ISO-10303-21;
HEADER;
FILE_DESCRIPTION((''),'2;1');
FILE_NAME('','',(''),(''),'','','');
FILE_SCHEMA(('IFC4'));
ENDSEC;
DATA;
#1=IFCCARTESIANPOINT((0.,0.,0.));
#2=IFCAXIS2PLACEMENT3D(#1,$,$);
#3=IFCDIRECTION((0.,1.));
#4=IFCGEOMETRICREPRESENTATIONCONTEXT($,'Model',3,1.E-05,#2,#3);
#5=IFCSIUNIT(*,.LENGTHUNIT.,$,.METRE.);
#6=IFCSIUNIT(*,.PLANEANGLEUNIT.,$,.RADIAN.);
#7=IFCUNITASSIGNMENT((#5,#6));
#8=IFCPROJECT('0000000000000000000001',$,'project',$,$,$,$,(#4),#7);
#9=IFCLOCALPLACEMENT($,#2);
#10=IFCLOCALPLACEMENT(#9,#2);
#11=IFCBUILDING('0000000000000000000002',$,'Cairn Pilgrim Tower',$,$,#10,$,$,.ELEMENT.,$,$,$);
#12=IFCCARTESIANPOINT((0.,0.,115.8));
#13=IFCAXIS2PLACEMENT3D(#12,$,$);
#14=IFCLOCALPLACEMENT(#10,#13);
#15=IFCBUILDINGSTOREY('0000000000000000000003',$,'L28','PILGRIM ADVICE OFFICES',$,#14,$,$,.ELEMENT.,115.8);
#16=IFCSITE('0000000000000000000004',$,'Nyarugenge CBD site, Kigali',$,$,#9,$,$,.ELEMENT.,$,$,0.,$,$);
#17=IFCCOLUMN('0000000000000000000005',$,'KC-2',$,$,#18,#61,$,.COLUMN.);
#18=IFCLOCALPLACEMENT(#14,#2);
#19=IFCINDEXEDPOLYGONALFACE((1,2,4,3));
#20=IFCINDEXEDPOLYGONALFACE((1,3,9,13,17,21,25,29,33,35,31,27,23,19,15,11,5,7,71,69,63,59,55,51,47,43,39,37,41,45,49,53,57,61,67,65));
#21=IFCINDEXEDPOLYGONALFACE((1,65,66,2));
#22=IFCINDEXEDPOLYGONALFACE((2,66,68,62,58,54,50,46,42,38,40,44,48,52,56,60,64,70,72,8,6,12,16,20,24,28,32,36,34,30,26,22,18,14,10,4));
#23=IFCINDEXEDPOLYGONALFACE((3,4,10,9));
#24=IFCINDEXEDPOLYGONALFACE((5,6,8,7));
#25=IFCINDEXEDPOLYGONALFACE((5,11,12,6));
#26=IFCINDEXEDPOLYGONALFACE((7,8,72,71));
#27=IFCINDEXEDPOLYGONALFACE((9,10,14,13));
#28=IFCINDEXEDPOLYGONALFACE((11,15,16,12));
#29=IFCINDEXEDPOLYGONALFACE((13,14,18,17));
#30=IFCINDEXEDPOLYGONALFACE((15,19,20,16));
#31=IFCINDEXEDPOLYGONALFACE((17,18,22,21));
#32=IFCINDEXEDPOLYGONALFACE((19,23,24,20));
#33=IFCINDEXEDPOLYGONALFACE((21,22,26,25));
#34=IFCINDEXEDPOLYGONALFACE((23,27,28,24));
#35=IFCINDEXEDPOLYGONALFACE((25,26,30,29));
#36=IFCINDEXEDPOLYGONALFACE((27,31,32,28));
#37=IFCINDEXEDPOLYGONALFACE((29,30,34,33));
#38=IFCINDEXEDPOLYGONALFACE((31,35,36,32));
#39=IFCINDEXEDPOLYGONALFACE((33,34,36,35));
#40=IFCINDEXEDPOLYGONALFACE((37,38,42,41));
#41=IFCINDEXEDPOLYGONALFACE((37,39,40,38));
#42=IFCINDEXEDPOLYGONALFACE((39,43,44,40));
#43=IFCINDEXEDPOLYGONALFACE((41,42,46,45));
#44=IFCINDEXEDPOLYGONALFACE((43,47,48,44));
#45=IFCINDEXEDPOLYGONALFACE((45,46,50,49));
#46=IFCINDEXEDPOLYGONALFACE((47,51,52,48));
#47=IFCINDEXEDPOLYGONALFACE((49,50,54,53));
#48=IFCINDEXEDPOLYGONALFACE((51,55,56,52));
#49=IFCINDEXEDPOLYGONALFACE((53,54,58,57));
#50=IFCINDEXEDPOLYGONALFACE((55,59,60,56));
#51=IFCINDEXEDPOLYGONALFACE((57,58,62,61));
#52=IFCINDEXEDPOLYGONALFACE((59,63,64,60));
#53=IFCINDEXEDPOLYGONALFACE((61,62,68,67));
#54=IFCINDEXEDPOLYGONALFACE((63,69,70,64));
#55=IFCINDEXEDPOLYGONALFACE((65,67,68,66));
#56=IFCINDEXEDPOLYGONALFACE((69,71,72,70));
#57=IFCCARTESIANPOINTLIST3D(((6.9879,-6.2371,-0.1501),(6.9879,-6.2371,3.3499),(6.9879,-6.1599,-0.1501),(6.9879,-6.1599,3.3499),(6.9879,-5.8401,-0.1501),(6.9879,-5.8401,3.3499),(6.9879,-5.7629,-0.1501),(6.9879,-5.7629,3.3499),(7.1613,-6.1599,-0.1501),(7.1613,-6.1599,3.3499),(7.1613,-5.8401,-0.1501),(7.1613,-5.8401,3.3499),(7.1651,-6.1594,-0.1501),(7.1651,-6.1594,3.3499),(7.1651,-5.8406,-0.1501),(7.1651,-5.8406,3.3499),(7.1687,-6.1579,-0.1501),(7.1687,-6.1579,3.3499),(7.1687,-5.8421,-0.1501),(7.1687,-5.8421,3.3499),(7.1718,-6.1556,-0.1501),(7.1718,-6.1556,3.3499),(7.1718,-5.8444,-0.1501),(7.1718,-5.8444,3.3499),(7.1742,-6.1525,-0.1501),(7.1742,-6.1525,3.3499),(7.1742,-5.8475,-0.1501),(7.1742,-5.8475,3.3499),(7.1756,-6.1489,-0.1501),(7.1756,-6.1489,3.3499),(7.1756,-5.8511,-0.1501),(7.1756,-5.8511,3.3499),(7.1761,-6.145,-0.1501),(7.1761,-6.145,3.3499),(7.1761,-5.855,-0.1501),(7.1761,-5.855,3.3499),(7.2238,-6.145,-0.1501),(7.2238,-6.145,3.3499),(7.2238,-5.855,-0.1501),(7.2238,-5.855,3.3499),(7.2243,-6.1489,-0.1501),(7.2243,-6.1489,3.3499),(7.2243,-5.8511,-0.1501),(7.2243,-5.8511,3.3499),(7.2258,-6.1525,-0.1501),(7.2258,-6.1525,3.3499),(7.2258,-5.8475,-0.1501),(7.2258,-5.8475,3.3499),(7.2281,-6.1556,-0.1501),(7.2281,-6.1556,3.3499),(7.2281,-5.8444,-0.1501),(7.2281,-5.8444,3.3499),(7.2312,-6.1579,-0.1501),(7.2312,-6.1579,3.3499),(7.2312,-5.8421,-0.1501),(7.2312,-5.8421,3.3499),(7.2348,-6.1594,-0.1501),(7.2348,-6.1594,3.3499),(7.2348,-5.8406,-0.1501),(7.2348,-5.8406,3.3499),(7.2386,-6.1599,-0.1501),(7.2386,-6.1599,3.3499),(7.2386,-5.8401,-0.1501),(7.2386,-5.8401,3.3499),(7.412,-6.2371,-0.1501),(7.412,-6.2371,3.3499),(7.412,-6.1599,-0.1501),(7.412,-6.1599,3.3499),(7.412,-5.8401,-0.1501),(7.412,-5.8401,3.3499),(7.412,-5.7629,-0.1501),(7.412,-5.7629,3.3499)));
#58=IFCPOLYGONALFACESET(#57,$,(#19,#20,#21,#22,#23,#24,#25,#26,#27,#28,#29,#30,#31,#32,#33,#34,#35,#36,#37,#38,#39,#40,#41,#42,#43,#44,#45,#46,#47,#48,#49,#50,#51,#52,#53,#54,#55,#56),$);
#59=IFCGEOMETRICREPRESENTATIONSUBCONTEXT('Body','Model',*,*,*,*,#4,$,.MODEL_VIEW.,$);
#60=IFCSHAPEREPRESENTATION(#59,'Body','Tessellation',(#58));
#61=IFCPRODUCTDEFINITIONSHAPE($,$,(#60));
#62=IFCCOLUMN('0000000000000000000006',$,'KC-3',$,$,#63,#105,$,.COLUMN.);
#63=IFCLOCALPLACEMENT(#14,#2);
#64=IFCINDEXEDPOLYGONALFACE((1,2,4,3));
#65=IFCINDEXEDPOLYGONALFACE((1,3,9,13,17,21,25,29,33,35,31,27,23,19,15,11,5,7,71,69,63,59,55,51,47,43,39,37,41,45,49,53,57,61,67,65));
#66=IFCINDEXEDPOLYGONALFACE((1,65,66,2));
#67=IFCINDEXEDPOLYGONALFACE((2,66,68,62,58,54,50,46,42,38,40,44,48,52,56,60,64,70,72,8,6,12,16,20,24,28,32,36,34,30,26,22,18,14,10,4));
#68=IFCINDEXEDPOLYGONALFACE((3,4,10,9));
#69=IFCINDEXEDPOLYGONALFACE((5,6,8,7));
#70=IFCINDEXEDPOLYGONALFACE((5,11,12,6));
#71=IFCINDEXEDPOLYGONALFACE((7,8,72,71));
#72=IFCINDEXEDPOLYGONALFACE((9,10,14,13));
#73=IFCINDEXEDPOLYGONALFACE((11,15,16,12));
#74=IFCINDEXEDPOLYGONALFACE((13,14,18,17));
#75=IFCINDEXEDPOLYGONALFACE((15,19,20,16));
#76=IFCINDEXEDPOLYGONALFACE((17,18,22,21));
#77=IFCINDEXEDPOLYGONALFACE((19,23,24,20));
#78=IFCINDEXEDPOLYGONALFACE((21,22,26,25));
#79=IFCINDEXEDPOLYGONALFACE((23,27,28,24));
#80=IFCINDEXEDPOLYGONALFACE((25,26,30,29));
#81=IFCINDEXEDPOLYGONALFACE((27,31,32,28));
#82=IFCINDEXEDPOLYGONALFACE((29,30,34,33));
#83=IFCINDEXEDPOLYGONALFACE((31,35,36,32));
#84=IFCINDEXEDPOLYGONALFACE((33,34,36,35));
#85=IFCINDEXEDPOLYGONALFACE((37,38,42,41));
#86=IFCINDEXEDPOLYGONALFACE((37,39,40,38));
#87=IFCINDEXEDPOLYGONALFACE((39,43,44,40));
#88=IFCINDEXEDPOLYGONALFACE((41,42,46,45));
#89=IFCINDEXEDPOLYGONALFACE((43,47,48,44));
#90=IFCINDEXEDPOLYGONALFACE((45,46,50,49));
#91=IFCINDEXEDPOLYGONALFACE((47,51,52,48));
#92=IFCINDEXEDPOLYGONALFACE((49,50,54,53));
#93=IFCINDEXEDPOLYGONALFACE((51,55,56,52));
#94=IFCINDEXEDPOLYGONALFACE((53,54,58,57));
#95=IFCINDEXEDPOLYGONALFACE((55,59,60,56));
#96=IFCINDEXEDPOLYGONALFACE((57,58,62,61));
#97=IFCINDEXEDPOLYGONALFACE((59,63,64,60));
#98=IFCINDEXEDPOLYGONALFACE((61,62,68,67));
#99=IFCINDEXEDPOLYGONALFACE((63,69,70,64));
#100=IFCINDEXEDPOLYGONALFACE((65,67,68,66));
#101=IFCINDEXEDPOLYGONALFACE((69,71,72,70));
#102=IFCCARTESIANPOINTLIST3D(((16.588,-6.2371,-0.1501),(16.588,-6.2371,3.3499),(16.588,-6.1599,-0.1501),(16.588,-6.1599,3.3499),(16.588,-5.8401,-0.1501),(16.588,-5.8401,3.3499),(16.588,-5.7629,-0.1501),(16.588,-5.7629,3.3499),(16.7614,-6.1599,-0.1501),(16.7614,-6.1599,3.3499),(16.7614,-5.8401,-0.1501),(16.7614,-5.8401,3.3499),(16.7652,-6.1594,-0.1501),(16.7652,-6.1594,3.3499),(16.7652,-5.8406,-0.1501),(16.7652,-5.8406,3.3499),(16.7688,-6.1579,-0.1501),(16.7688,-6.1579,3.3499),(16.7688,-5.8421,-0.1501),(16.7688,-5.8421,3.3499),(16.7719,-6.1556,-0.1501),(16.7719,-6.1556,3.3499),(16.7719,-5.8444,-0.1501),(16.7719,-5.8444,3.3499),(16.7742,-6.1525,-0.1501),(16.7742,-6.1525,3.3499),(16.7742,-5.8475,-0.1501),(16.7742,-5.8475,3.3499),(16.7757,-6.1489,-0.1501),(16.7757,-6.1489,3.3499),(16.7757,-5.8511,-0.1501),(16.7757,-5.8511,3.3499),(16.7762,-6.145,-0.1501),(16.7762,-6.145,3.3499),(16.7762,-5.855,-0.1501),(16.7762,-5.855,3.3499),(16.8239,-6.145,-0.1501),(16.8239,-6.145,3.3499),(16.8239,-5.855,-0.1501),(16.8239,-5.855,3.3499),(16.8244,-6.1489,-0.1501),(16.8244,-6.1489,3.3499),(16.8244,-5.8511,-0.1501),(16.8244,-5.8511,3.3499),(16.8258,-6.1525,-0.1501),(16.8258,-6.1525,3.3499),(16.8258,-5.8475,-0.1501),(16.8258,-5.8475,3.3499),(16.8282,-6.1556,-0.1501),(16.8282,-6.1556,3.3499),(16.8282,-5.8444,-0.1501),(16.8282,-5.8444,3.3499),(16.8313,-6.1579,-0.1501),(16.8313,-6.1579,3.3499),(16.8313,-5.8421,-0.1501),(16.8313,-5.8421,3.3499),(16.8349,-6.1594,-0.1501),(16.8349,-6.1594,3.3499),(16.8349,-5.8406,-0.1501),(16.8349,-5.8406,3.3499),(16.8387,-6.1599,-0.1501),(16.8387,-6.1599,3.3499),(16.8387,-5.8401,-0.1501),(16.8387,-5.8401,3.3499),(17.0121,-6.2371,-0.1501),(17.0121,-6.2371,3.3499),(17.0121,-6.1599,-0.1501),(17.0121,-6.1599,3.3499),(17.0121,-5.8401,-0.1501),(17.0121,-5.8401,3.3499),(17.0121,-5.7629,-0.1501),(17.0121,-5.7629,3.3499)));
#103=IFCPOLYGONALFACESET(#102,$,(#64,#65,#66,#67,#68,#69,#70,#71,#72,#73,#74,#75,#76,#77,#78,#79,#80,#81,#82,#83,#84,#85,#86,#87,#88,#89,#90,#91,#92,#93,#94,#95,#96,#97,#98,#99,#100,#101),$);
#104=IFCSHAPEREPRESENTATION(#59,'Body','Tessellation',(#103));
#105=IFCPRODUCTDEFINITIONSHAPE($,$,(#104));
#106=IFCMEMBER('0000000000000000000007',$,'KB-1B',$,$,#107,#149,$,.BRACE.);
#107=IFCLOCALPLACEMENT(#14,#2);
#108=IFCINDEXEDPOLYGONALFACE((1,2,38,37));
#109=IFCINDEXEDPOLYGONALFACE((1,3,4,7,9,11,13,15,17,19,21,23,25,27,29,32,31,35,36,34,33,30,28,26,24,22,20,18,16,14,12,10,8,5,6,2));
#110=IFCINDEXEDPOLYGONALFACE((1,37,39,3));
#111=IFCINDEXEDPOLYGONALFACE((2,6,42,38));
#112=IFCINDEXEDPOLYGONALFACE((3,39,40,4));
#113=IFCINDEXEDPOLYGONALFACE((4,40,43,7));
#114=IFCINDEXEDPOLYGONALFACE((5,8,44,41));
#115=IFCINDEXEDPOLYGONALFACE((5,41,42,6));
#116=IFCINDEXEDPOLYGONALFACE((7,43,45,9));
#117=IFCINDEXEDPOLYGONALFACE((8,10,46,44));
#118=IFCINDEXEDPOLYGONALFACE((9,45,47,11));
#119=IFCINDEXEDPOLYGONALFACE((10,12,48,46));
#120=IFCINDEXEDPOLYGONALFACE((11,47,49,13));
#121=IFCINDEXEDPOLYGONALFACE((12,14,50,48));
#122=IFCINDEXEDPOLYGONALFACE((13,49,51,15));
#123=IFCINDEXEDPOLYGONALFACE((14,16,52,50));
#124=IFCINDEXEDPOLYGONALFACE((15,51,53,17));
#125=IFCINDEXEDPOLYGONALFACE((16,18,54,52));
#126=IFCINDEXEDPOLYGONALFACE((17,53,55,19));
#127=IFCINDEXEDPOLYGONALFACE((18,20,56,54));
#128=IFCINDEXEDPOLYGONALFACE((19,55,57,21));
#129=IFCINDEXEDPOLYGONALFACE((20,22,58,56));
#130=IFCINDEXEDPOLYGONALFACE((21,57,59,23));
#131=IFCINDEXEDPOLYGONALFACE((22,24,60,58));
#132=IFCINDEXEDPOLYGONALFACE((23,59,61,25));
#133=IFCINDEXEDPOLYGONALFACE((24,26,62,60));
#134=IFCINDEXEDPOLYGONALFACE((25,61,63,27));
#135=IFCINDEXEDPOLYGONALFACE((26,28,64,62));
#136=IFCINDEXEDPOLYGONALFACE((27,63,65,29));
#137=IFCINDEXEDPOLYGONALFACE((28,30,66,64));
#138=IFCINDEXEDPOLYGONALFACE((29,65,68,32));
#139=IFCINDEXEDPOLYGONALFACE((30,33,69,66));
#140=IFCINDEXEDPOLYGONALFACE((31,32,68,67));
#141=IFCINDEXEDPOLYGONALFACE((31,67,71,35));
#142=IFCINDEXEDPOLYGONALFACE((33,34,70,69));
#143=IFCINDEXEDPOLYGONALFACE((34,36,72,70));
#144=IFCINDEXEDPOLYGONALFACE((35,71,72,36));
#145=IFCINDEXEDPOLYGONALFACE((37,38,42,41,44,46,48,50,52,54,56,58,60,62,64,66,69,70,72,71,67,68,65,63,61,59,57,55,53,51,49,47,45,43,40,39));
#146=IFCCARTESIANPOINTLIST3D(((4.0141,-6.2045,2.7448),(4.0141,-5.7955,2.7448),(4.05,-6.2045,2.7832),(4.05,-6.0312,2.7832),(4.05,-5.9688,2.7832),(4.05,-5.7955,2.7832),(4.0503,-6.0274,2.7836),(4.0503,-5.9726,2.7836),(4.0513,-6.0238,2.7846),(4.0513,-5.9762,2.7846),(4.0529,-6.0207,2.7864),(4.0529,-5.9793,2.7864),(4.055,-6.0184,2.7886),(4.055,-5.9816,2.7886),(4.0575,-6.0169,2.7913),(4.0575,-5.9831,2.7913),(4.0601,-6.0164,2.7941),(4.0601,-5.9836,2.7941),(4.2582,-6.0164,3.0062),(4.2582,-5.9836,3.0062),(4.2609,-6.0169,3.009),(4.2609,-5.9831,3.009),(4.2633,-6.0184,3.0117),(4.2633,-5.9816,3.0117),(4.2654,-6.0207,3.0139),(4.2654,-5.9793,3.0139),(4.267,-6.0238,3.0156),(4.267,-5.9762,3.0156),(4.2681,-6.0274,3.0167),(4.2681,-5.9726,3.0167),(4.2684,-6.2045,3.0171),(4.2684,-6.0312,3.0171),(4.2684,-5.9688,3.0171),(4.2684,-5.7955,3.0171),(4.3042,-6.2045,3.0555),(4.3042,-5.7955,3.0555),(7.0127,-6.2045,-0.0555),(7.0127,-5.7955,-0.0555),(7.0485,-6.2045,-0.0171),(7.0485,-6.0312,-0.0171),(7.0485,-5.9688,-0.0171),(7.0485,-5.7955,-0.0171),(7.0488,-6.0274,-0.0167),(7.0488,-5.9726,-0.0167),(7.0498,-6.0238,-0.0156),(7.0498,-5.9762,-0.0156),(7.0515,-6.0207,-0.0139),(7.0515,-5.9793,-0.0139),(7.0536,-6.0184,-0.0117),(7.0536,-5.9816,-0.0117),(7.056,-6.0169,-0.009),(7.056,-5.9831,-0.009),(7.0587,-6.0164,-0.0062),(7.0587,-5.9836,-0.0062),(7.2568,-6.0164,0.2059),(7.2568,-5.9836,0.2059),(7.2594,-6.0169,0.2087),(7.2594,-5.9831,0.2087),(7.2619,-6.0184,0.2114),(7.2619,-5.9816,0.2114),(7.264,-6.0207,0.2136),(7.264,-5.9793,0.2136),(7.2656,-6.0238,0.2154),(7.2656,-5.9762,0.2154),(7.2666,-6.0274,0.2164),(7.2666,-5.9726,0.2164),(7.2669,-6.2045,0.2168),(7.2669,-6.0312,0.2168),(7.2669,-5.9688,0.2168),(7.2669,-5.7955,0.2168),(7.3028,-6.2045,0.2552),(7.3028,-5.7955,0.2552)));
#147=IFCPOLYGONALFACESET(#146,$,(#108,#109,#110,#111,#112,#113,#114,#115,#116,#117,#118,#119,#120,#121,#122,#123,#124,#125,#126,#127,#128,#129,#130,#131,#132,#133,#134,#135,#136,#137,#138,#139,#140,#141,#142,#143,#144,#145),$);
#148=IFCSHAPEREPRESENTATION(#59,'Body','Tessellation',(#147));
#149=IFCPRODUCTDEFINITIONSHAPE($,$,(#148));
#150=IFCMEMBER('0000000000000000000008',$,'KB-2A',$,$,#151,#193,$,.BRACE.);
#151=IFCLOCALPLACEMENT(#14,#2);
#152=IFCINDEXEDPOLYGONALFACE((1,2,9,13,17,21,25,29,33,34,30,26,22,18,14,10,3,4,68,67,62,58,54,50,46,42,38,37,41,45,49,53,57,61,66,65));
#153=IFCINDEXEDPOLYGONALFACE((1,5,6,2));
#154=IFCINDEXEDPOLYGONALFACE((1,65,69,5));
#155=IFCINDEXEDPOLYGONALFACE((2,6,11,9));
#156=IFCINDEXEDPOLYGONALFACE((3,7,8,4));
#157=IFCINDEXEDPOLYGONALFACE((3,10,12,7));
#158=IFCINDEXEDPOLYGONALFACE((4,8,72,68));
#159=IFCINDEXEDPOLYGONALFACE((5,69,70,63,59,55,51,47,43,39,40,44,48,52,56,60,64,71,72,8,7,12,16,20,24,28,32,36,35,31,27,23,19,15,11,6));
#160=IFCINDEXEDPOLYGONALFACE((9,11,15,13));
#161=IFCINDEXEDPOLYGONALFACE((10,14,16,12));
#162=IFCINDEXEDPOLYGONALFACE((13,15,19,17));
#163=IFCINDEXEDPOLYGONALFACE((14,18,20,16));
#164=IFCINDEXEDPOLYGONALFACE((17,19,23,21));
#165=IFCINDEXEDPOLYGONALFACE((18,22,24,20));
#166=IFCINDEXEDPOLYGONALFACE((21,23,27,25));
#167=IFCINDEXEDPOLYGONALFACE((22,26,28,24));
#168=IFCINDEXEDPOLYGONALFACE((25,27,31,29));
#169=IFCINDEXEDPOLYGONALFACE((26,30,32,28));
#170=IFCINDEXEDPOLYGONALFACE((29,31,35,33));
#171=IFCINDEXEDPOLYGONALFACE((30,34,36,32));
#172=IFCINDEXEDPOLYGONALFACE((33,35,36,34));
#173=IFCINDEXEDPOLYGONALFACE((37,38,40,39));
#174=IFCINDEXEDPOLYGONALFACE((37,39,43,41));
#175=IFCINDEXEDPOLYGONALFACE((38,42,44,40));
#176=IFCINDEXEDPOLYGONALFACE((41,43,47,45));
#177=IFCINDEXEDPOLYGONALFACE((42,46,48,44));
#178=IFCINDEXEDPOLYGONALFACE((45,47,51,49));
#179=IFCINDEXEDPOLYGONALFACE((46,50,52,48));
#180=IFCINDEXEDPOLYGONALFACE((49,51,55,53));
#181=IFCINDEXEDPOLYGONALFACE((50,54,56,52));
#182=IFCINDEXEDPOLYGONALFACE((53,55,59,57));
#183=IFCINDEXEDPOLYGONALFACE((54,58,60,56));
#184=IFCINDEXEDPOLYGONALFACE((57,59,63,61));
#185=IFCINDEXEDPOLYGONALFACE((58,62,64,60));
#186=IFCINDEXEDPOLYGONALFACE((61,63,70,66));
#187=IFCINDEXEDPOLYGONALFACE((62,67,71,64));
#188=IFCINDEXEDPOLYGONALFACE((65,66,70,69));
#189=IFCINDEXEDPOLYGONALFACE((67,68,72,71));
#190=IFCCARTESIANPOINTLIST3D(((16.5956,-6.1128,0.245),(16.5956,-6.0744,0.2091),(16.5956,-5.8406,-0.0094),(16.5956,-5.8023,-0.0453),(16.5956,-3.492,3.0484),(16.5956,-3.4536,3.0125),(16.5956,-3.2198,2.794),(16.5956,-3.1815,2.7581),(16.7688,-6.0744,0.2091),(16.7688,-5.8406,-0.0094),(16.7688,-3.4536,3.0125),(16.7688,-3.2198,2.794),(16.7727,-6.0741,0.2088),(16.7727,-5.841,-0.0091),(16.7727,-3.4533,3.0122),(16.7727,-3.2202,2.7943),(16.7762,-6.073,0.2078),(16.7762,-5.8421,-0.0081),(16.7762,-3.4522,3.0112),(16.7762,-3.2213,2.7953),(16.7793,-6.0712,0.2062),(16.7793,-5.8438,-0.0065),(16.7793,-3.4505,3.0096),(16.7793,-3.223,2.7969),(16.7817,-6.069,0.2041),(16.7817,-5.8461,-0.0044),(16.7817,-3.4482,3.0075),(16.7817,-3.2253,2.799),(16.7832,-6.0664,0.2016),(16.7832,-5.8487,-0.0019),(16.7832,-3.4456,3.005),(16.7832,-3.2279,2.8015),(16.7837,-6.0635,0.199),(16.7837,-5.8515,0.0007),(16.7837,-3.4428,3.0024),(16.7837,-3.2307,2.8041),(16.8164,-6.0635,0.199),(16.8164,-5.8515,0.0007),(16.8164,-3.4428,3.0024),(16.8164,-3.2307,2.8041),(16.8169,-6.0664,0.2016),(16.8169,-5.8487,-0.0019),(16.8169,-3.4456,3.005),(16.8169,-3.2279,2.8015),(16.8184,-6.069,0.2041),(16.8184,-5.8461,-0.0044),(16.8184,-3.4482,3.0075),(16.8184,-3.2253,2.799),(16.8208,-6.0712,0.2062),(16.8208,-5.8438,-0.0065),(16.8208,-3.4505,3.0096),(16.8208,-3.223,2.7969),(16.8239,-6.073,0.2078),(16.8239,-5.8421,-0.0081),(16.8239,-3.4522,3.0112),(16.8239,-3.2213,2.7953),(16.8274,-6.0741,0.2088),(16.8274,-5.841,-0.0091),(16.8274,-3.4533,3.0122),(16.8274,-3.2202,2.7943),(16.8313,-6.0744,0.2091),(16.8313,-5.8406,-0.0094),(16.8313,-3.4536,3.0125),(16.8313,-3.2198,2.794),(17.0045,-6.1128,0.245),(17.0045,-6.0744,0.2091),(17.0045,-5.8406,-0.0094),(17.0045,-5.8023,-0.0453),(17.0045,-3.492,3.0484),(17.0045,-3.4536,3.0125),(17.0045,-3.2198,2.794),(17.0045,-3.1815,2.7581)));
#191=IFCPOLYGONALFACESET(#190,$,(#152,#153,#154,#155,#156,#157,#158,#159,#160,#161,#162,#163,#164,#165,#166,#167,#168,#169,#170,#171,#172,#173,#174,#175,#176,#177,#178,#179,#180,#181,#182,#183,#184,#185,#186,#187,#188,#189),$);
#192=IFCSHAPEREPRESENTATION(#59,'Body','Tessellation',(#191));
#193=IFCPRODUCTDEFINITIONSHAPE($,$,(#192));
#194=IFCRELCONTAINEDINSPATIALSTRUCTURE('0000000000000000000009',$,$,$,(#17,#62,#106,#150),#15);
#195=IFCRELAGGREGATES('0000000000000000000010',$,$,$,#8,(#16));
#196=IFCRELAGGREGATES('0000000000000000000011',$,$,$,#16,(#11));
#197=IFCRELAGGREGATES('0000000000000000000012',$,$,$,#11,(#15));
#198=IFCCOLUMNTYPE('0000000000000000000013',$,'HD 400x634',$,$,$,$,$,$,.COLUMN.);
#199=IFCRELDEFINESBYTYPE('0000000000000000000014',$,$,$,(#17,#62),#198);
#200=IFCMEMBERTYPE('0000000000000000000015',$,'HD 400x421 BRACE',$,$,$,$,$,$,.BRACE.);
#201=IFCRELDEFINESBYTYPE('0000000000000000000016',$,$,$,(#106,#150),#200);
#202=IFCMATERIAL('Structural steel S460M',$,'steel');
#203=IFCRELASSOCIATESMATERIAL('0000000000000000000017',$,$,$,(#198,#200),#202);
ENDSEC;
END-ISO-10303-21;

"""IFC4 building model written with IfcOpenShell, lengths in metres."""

from ifc_helpers import new_model, si_unit, direction, frame, origin, origin_2d, place, context, subcontext, project, spatial, i_section, extrude, material, material_profile, profile_set, type_object, element, save


model = new_model("IFC4")

# Units and contexts
model_context = context("Model", 3, precision=1e-05, world=origin(), true_north=direction((0.0, 1.0)))
body_context = subcontext(model_context, "Body", "Model", "MODEL_VIEW")
ifc_project = project(units=[si_unit("LENGTHUNIT", "METRE"), si_unit("PLANEANGLEUNIT", "RADIAN")], contexts=[model_context])

# Site, building, storey
site_placement = place(None, origin())
site = spatial("IfcSite", under=ifc_project, at=site_placement, Name="Nyarugenge CBD site, Kigali", CompositionType="ELEMENT", RefElevation=0.0)
building_placement = place(site_placement, origin())
building = spatial("IfcBuilding", under=site, at=building_placement, Name="Cairn Pilgrim Tower", CompositionType="ELEMENT")
storey_placement = place(building_placement, frame((0.0, 0.0, 115.8)))
storey = spatial("IfcBuildingStorey", under=building, at=storey_placement, Name="L28", Description="PILGRIM ADVICE OFFICES", CompositionType="ELEMENT", Elevation=115.8)

# Columns
ifc_material_1 = material(Name="Structural steel S460M", Category="steel")
ifc_material_profile_1 = material_profile(ifc_material_1, i_section(OverallWidth=0.4241, OverallDepth=0.4741, WebThickness=0.0476, FlangeThickness=0.0771, FilletRadius=0.0149, at=origin_2d()), Name="HD 400x634")
ifc_profile_set_1 = profile_set([ifc_material_profile_1], Name="Structural steel S460M")
column_type = type_object("IfcColumnType", Name="HD 400x634", PredefinedType="COLUMN", material=ifc_profile_set_1)
for number, where, z_axis, x_axis, name in (
    (1, (7.2, -6.0, -0.1501), (0.0, 0.0, 1.0), (1.0, 0.0, 0.0), "KC-2"),
    (2, (16.8, -6.0, -0.1501), (0.0, 0.0, 1.0), (1.0, 0.0, 0.0), "KC-3"),
):
    element("IfcColumn", number, at=place(storey_placement, frame(where, z_axis=z_axis, x_axis=x_axis)), inside=storey, type_object=column_type, Name=name, PredefinedType="COLUMN", context=body_context, shape_type="SweptSolid", body=[
        extrude(i_section(OverallWidth=0.4241, OverallDepth=0.4741, WebThickness=0.0476, FlangeThickness=0.0771, FilletRadius=0.0149, at=origin_2d()), origin(), (0.0, 0.0, 1.0), 3.5),
    ])

# Members
ifc_material_profile_2 = material_profile(ifc_material_1, i_section(OverallWidth=0.4089, OverallDepth=0.425, WebThickness=0.0327, FlangeThickness=0.0525, FilletRadius=0.0149, at=origin_2d()), Name="HD 400x421")
ifc_profile_set_2 = profile_set([ifc_material_profile_2], Name="Structural steel S460M")
member_type = type_object("IfcMemberType", Name="HD 400x421 BRACE", PredefinedType="BRACE", material=ifc_profile_set_2)
member_1_placement = place(storey_placement, frame((7.1577, -6.0, 0.0999), z_axis=(-0.730853, 0.0, 0.682534), x_axis=(0.0, -1.0, 0.0)))
element("IfcMember", 3, at=member_1_placement, inside=storey, type_object=member_type, Name="KB-1B", PredefinedType="BRACE", context=body_context, shape_type="SweptSolid", body=[
    extrude(i_section(OverallWidth=0.4089, OverallDepth=0.425, WebThickness=0.0327, FlangeThickness=0.0525, FilletRadius=0.0149, at=origin_2d()), origin(), (0.0, 0.0, 1.0), 4.1028),
])
member_2_placement = place(storey_placement, frame((16.8, -5.9575, 0.0999), z_axis=(0.0, 0.682914, 0.730499), x_axis=(-1.0, 0.0, 0.0)))
element("IfcMember", 4, at=member_2_placement, inside=storey, type_object=member_type, Name="KB-2A", PredefinedType="BRACE", context=body_context, shape_type="SweptSolid", body=[
    extrude(i_section(OverallWidth=0.4089, OverallDepth=0.425, WebThickness=0.0327, FlangeThickness=0.0525, FilletRadius=0.0149, at=origin_2d()), origin(), (0.0, 0.0, 1.0), 3.8376),
])

save(model, "model.ifc")
